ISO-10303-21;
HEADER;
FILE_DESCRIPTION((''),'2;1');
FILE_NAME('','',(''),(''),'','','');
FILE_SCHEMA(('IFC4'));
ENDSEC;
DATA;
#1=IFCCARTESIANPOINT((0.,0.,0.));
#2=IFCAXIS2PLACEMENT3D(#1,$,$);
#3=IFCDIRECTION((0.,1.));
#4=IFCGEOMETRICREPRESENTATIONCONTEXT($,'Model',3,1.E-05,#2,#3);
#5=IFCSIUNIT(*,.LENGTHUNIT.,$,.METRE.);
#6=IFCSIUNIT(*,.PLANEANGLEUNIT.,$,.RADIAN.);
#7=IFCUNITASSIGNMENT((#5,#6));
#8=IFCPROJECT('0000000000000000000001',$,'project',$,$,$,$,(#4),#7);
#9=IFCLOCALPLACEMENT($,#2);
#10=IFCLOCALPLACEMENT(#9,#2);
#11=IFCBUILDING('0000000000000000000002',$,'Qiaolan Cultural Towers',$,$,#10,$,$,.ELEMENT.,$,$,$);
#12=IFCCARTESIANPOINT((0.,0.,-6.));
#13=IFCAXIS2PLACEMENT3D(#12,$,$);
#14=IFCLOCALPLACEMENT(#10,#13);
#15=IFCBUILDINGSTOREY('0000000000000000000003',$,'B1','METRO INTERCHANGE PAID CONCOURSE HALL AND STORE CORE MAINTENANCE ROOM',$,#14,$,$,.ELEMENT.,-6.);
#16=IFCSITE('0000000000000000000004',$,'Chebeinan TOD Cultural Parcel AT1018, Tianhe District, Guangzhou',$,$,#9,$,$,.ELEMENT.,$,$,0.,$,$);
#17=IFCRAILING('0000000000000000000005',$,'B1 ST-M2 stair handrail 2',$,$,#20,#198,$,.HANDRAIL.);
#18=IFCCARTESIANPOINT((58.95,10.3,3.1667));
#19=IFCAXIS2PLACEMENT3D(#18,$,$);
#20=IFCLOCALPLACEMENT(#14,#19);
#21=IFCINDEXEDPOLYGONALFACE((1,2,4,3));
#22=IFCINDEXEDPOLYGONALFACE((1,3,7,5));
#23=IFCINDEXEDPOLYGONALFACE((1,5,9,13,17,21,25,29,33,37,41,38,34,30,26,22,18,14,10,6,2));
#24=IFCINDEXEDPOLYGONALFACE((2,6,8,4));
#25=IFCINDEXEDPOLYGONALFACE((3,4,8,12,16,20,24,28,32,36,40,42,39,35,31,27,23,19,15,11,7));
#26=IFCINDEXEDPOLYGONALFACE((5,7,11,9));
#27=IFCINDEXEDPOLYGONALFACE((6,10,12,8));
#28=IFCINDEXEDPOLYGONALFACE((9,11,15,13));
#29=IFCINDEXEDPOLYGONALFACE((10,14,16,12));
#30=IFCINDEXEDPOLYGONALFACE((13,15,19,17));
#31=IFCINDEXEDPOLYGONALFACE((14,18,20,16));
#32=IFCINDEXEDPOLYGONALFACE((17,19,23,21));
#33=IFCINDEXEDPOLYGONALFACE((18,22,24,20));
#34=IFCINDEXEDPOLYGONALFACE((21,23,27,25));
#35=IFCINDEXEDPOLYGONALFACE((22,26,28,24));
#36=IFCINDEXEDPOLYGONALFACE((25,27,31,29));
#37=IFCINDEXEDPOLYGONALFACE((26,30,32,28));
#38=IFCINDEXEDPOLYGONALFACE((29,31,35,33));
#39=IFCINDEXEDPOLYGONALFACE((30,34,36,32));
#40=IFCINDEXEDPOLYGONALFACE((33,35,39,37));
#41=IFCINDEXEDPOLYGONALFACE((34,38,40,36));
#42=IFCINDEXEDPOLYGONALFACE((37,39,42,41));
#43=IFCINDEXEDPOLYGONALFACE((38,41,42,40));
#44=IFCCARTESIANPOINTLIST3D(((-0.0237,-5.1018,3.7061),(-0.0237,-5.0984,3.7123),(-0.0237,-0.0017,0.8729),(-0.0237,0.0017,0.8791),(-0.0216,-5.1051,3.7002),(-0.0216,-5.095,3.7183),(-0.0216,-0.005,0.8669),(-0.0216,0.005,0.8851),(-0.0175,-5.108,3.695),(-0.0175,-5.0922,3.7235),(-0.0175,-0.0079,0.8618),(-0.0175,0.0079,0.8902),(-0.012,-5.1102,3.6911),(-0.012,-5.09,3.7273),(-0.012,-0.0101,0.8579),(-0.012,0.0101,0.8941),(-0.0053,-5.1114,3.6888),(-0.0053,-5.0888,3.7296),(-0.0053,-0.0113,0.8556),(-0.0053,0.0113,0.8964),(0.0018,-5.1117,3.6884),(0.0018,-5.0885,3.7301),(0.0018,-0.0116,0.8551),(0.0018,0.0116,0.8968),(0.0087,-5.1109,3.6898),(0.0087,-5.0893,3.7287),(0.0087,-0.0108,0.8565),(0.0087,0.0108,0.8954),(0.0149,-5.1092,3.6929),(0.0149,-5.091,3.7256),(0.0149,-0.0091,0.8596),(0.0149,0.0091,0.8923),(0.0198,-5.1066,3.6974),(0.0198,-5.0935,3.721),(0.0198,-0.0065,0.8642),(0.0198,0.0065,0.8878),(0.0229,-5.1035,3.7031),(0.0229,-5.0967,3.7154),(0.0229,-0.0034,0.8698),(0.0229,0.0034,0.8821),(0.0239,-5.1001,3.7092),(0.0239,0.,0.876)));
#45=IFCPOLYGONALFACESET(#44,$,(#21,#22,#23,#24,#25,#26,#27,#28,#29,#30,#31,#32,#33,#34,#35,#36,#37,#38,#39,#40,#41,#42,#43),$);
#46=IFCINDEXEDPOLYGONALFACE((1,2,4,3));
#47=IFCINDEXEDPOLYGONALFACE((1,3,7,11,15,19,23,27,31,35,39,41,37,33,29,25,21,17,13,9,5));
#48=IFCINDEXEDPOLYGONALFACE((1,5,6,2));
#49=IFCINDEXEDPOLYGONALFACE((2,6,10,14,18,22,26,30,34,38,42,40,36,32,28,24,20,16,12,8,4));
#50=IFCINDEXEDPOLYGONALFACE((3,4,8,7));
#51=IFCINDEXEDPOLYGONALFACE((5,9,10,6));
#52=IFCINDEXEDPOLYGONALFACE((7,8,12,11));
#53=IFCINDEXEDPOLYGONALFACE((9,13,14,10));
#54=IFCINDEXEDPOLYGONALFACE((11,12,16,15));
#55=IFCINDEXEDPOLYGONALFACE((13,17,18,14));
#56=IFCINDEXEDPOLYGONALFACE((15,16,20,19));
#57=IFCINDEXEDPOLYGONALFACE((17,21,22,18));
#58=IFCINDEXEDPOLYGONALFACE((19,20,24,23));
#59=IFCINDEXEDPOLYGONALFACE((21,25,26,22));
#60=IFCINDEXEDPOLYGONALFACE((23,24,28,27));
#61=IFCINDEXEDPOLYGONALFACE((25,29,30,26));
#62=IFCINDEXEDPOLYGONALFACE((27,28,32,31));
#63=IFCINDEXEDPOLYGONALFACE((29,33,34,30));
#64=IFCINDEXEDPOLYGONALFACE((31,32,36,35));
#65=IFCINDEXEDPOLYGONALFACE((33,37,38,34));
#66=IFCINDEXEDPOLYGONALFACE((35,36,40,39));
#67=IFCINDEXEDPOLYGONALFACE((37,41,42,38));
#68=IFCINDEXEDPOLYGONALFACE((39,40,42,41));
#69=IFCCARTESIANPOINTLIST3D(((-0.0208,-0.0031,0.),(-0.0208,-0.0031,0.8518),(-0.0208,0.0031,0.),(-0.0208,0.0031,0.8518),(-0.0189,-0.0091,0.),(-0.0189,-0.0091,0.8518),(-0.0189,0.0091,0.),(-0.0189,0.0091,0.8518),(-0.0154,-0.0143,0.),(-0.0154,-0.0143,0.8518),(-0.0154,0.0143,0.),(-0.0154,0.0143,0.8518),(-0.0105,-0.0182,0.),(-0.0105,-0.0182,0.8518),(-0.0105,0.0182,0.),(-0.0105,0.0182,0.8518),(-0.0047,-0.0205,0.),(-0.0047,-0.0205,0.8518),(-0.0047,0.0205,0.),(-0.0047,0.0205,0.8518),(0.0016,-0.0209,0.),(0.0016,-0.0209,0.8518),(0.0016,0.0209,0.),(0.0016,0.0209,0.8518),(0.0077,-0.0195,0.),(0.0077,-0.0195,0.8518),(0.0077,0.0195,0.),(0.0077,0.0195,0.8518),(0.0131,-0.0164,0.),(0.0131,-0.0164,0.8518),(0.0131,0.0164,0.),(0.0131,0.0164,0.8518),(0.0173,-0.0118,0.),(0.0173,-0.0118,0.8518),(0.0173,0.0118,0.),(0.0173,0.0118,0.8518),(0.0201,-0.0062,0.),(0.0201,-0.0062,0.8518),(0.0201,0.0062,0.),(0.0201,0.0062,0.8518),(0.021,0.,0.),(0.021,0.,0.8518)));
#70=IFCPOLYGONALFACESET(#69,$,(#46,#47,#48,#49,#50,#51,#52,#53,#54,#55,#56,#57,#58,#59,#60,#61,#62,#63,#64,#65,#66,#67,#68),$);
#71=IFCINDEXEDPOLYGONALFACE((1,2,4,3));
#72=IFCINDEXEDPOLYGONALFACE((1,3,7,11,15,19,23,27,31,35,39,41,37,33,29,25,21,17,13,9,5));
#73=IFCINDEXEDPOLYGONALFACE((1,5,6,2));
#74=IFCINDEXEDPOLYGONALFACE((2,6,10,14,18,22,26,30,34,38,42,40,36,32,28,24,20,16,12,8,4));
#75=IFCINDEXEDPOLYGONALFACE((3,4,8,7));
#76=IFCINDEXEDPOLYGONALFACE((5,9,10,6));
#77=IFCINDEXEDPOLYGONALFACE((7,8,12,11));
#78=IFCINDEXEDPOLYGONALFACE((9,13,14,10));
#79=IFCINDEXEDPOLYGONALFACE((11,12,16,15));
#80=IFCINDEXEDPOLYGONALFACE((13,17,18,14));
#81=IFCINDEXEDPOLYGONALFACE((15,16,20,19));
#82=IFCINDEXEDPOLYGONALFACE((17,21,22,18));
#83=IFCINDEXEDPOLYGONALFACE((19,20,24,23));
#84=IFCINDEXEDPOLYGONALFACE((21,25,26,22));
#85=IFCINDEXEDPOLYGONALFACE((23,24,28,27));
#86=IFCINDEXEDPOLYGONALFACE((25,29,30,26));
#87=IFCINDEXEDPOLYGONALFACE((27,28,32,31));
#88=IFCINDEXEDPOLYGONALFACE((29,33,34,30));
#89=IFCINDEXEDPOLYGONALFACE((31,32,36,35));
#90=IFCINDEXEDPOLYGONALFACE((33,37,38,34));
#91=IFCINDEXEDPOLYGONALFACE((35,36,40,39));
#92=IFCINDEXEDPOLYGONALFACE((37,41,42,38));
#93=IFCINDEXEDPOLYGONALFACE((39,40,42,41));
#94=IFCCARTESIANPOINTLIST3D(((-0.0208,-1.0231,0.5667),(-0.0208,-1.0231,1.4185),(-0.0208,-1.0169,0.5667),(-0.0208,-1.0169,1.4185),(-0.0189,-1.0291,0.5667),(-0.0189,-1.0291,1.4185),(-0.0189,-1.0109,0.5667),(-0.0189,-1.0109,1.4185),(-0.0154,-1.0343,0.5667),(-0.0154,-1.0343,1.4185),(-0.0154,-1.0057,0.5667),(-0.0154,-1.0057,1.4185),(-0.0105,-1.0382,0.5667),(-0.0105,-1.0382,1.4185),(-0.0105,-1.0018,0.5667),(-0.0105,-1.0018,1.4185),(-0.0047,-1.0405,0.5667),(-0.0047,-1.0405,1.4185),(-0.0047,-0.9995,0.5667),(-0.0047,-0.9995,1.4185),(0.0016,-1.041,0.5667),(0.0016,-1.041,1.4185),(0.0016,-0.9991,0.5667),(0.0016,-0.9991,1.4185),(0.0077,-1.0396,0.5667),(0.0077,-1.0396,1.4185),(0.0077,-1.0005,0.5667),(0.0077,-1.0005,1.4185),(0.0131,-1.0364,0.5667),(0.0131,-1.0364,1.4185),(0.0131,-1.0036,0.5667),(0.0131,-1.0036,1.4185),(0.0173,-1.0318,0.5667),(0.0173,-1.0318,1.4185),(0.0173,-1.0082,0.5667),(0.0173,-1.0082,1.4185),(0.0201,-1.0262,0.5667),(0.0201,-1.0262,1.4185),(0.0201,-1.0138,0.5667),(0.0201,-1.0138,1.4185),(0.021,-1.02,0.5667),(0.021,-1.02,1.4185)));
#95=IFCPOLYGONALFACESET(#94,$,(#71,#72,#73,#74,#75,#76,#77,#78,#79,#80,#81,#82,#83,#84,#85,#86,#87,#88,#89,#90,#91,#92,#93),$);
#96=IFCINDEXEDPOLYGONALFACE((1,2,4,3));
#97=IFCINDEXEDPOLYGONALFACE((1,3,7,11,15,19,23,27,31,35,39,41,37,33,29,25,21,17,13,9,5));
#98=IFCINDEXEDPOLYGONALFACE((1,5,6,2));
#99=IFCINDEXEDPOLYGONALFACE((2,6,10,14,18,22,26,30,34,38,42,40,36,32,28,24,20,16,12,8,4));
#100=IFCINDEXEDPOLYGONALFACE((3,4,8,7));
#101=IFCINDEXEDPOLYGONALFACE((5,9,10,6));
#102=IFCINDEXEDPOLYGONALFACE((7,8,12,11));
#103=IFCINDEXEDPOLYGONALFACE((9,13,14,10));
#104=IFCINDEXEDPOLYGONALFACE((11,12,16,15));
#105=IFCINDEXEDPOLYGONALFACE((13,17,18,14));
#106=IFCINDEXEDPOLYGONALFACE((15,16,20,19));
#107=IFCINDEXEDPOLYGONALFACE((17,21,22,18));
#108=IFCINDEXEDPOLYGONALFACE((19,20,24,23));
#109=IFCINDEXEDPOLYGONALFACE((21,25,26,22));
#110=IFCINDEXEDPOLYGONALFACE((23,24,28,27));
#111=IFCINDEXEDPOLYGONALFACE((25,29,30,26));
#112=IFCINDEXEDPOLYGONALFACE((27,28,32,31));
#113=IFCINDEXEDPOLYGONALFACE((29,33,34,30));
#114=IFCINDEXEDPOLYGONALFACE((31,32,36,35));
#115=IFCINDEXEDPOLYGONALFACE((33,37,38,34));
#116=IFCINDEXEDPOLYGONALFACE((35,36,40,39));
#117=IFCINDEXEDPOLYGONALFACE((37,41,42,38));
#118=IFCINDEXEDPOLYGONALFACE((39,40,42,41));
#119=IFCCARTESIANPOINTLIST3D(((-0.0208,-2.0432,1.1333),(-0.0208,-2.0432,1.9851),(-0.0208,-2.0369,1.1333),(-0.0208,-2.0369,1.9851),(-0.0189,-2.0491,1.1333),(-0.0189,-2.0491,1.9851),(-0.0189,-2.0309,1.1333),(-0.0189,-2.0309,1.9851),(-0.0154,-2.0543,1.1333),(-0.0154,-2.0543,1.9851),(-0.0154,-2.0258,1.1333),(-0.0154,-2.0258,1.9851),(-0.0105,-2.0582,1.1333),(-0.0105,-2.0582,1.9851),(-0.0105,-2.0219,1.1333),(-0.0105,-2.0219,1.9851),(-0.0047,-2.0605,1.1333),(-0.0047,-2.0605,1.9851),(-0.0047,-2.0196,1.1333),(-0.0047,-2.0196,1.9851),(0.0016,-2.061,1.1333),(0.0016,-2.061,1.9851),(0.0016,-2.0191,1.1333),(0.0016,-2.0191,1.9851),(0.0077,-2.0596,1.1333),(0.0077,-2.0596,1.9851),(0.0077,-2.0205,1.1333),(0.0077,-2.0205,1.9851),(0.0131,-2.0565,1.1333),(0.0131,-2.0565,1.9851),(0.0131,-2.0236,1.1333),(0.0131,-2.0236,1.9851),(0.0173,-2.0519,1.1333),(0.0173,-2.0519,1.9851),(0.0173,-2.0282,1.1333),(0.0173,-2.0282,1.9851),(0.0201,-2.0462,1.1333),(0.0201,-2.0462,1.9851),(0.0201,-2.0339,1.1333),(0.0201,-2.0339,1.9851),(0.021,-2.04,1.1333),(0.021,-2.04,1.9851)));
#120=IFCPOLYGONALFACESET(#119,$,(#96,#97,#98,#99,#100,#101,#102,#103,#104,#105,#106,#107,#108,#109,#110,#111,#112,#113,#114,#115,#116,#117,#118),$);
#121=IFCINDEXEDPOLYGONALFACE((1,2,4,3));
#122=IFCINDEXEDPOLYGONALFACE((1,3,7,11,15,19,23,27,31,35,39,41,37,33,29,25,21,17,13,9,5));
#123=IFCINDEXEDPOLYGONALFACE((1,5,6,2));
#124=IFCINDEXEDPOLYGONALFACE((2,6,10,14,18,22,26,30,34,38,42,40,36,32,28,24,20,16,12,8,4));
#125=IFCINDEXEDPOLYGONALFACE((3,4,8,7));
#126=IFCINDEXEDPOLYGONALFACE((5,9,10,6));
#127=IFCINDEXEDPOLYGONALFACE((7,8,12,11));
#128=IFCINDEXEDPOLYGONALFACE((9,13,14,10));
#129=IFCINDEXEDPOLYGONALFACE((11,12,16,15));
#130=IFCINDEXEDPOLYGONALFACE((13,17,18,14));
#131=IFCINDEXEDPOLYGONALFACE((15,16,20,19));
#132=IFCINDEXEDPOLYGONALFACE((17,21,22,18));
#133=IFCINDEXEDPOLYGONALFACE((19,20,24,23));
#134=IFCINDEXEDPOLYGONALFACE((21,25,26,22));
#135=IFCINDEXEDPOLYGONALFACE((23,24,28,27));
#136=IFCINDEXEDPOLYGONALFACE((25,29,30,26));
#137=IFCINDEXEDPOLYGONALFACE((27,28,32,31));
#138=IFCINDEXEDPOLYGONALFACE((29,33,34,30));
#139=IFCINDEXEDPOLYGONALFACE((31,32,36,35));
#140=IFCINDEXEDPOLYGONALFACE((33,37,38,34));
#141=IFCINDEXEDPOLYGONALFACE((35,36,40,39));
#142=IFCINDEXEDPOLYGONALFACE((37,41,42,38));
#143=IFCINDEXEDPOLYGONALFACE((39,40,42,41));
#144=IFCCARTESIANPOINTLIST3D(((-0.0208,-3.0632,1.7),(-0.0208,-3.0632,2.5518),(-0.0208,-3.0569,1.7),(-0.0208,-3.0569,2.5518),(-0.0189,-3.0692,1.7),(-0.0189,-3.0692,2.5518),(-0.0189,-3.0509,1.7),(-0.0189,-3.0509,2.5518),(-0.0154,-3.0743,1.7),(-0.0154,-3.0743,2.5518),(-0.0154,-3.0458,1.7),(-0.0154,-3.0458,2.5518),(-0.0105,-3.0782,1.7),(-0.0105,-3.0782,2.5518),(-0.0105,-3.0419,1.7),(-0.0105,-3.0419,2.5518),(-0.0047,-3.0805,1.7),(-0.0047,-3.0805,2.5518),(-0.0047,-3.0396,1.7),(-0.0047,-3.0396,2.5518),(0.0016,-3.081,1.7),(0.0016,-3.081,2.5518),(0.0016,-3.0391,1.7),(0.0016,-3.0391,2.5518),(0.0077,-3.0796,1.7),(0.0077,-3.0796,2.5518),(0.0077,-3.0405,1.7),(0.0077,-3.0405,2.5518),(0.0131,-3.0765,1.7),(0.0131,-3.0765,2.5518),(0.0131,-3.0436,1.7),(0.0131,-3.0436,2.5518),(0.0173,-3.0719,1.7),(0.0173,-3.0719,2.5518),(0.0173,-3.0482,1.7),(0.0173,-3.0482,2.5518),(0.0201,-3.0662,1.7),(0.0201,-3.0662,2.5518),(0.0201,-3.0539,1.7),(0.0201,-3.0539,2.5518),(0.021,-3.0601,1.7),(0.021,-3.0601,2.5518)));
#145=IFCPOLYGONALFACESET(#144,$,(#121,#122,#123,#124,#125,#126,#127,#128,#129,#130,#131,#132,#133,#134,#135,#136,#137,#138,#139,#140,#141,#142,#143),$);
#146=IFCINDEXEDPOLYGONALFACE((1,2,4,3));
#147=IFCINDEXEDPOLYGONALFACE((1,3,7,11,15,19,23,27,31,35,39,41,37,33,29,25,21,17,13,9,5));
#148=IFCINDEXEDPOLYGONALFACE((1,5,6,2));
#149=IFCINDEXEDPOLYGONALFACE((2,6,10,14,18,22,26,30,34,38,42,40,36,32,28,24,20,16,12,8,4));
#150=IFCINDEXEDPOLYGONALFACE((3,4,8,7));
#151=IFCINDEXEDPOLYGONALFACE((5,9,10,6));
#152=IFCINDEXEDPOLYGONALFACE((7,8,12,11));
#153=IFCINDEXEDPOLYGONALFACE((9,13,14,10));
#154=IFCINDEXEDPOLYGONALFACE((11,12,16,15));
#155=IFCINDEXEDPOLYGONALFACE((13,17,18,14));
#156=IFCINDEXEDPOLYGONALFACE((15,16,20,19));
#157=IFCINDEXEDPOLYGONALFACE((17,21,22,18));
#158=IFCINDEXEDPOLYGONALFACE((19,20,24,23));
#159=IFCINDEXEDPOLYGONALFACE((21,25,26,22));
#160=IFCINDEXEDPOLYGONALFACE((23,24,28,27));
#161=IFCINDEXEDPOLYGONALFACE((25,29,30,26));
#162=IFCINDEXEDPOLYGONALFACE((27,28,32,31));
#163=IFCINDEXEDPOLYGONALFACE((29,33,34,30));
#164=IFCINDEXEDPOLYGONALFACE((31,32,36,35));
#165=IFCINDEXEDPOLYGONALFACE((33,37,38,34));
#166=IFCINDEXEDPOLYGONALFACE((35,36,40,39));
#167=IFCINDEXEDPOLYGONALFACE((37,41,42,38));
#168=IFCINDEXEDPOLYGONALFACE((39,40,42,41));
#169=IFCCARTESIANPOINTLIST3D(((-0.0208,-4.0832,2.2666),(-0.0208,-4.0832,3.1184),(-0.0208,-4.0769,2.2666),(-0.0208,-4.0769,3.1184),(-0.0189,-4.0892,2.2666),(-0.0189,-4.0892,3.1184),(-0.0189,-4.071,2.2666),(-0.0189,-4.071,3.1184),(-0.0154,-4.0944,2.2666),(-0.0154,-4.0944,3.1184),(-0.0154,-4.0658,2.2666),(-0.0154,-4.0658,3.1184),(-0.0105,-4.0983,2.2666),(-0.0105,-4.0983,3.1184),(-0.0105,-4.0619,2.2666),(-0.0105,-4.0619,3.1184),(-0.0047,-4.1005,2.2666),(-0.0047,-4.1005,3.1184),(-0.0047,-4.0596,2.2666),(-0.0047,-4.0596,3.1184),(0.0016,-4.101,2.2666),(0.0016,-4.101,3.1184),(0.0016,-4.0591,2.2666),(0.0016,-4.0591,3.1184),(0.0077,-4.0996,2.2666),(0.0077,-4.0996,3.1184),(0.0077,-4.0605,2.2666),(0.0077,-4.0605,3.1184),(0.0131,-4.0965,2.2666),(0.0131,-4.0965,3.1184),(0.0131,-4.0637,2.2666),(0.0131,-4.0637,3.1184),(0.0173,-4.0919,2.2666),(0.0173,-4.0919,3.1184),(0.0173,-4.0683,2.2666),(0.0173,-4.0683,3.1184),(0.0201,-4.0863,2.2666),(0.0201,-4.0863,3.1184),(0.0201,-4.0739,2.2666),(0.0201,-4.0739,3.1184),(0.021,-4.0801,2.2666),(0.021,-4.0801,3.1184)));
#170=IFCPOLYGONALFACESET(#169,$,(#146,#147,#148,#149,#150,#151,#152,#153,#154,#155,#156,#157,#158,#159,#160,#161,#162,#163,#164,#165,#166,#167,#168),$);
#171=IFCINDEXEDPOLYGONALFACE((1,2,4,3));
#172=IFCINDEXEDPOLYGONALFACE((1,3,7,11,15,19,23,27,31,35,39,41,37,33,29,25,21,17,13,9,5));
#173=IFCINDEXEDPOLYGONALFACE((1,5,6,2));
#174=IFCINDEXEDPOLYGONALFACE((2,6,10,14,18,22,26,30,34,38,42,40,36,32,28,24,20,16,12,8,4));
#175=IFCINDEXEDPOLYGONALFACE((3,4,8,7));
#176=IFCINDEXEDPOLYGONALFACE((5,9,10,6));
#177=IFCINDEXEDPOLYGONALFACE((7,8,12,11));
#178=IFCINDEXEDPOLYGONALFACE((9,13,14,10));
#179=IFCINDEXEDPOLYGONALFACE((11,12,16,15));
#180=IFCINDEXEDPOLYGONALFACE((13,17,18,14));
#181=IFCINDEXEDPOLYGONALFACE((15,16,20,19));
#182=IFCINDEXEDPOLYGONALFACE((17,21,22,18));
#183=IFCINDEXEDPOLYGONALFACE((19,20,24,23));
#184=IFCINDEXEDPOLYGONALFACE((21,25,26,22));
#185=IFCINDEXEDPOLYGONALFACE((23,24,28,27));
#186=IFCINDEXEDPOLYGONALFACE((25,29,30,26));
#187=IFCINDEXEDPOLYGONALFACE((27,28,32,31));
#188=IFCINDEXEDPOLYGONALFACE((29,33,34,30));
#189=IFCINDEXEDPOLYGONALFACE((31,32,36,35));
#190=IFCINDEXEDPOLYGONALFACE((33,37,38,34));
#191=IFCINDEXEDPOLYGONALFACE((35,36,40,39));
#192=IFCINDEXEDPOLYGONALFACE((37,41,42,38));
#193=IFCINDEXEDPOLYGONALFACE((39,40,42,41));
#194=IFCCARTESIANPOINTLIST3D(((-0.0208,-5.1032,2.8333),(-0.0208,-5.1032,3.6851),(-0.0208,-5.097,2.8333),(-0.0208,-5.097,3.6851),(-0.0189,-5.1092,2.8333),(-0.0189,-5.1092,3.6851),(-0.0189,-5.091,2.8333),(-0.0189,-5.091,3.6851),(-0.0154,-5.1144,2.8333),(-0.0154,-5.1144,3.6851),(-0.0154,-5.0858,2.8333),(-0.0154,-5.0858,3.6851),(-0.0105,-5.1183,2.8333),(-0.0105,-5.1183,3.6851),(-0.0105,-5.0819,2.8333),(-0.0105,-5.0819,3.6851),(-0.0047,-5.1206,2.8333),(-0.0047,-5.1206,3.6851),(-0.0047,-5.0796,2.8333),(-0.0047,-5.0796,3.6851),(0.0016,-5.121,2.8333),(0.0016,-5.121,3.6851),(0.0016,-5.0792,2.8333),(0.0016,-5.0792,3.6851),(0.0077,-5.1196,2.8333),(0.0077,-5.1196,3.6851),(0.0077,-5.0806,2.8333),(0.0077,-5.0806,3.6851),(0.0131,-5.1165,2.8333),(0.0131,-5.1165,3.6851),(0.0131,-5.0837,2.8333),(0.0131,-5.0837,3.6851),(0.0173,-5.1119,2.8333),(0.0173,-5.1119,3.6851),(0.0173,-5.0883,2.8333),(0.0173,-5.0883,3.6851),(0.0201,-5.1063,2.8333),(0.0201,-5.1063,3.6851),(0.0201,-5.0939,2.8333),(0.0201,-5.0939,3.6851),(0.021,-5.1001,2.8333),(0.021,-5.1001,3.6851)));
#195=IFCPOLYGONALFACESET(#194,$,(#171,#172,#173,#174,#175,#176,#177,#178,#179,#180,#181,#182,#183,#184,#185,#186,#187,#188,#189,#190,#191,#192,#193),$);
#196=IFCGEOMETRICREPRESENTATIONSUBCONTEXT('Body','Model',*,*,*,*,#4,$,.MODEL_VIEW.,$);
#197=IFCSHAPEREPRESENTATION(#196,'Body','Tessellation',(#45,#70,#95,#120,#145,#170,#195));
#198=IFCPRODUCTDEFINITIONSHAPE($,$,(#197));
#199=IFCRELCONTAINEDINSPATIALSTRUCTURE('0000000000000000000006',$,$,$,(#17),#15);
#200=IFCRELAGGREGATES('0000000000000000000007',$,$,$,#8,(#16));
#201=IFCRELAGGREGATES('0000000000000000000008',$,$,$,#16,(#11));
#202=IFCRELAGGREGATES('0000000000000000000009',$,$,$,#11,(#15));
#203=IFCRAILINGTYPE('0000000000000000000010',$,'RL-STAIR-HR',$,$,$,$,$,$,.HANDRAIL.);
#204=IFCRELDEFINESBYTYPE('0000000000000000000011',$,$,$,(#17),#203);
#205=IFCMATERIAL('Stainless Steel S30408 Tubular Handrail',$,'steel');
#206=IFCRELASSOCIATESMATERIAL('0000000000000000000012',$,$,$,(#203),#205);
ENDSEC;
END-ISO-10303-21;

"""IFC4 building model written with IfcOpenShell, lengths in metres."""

from ifc_helpers import new_model, si_unit, direction, frame, origin, origin_2d, place, context, subcontext, project, spatial, circle, extrude, material, type_object, element, save


model = new_model("IFC4")

# Units and contexts
model_context = context("Model", 3, precision=1e-05, world=origin(), true_north=direction((0.0, 1.0)))
body_context = subcontext(model_context, "Body", "Model", "MODEL_VIEW")
ifc_project = project(units=[si_unit("LENGTHUNIT", "METRE"), si_unit("PLANEANGLEUNIT", "RADIAN")], contexts=[model_context])

# Site, building, storey
site_placement = place(None, origin())
site = spatial("IfcSite", under=ifc_project, at=site_placement, Name="Chebeinan TOD Cultural Parcel AT1018, Tianhe District, Guangzhou", CompositionType="ELEMENT", RefElevation=0.0)
building_placement = place(site_placement, origin())
building = spatial("IfcBuilding", under=site, at=building_placement, Name="Qiaolan Cultural Towers", CompositionType="ELEMENT")
storey_placement = place(building_placement, frame((0.0, 0.0, -6.0)))
storey = spatial("IfcBuildingStorey", under=building, at=storey_placement, Name="B1", Description="METRO INTERCHANGE PAID CONCOURSE HALL AND STORE CORE MAINTENANCE ROOM", CompositionType="ELEMENT", Elevation=-6.0)

# Railing
ifc_material_1 = material(Name="Stainless Steel S30408 Tubular Handrail", Category="steel")
railing_type_1 = type_object("IfcRailingType", Name="RL-STAIR-HR", PredefinedType="HANDRAIL", material=ifc_material_1)
railing_1_placement = place(storey_placement, frame((58.95, 10.3, 3.1667)))
element("IfcRailing", 1, at=railing_1_placement, inside=storey, type_object=railing_type_1, Name="B1 ST-M2 stair handrail 2", PredefinedType="HANDRAIL", context=body_context, shape_type="SweptSolid", body=[
    extrude(circle(Radius=0.0239, at=origin_2d()), frame((0.0, 0.0, 0.876), z_axis=(0.0, -0.874167, 0.485625), x_axis=(1.0, 0.0, 0.0)), (0.0, 0.0, 1.0), 5.8342),
    extrude(circle(Radius=0.021, at=origin_2d()), origin(), (0.0, 0.0, 1.0), 0.8518),
    extrude(circle(Radius=0.021, at=origin_2d()), frame((0.0, -1.02, 0.5667)), (0.0, 0.0, 1.0), 0.8518),
    extrude(circle(Radius=0.021, at=origin_2d()), frame((0.0, -2.04, 1.1333)), (0.0, 0.0, 1.0), 0.8518),
    extrude(circle(Radius=0.021, at=origin_2d()), frame((0.0, -3.0601, 1.7)), (0.0, 0.0, 1.0), 0.8518),
    extrude(circle(Radius=0.021, at=origin_2d()), frame((0.0, -4.0801, 2.2666)), (0.0, 0.0, 1.0), 0.8518),
    extrude(circle(Radius=0.021, at=origin_2d()), frame((0.0, -5.1001, 2.8333)), (0.0, 0.0, 1.0), 0.8518),
])

save(model, "model.ifc")
